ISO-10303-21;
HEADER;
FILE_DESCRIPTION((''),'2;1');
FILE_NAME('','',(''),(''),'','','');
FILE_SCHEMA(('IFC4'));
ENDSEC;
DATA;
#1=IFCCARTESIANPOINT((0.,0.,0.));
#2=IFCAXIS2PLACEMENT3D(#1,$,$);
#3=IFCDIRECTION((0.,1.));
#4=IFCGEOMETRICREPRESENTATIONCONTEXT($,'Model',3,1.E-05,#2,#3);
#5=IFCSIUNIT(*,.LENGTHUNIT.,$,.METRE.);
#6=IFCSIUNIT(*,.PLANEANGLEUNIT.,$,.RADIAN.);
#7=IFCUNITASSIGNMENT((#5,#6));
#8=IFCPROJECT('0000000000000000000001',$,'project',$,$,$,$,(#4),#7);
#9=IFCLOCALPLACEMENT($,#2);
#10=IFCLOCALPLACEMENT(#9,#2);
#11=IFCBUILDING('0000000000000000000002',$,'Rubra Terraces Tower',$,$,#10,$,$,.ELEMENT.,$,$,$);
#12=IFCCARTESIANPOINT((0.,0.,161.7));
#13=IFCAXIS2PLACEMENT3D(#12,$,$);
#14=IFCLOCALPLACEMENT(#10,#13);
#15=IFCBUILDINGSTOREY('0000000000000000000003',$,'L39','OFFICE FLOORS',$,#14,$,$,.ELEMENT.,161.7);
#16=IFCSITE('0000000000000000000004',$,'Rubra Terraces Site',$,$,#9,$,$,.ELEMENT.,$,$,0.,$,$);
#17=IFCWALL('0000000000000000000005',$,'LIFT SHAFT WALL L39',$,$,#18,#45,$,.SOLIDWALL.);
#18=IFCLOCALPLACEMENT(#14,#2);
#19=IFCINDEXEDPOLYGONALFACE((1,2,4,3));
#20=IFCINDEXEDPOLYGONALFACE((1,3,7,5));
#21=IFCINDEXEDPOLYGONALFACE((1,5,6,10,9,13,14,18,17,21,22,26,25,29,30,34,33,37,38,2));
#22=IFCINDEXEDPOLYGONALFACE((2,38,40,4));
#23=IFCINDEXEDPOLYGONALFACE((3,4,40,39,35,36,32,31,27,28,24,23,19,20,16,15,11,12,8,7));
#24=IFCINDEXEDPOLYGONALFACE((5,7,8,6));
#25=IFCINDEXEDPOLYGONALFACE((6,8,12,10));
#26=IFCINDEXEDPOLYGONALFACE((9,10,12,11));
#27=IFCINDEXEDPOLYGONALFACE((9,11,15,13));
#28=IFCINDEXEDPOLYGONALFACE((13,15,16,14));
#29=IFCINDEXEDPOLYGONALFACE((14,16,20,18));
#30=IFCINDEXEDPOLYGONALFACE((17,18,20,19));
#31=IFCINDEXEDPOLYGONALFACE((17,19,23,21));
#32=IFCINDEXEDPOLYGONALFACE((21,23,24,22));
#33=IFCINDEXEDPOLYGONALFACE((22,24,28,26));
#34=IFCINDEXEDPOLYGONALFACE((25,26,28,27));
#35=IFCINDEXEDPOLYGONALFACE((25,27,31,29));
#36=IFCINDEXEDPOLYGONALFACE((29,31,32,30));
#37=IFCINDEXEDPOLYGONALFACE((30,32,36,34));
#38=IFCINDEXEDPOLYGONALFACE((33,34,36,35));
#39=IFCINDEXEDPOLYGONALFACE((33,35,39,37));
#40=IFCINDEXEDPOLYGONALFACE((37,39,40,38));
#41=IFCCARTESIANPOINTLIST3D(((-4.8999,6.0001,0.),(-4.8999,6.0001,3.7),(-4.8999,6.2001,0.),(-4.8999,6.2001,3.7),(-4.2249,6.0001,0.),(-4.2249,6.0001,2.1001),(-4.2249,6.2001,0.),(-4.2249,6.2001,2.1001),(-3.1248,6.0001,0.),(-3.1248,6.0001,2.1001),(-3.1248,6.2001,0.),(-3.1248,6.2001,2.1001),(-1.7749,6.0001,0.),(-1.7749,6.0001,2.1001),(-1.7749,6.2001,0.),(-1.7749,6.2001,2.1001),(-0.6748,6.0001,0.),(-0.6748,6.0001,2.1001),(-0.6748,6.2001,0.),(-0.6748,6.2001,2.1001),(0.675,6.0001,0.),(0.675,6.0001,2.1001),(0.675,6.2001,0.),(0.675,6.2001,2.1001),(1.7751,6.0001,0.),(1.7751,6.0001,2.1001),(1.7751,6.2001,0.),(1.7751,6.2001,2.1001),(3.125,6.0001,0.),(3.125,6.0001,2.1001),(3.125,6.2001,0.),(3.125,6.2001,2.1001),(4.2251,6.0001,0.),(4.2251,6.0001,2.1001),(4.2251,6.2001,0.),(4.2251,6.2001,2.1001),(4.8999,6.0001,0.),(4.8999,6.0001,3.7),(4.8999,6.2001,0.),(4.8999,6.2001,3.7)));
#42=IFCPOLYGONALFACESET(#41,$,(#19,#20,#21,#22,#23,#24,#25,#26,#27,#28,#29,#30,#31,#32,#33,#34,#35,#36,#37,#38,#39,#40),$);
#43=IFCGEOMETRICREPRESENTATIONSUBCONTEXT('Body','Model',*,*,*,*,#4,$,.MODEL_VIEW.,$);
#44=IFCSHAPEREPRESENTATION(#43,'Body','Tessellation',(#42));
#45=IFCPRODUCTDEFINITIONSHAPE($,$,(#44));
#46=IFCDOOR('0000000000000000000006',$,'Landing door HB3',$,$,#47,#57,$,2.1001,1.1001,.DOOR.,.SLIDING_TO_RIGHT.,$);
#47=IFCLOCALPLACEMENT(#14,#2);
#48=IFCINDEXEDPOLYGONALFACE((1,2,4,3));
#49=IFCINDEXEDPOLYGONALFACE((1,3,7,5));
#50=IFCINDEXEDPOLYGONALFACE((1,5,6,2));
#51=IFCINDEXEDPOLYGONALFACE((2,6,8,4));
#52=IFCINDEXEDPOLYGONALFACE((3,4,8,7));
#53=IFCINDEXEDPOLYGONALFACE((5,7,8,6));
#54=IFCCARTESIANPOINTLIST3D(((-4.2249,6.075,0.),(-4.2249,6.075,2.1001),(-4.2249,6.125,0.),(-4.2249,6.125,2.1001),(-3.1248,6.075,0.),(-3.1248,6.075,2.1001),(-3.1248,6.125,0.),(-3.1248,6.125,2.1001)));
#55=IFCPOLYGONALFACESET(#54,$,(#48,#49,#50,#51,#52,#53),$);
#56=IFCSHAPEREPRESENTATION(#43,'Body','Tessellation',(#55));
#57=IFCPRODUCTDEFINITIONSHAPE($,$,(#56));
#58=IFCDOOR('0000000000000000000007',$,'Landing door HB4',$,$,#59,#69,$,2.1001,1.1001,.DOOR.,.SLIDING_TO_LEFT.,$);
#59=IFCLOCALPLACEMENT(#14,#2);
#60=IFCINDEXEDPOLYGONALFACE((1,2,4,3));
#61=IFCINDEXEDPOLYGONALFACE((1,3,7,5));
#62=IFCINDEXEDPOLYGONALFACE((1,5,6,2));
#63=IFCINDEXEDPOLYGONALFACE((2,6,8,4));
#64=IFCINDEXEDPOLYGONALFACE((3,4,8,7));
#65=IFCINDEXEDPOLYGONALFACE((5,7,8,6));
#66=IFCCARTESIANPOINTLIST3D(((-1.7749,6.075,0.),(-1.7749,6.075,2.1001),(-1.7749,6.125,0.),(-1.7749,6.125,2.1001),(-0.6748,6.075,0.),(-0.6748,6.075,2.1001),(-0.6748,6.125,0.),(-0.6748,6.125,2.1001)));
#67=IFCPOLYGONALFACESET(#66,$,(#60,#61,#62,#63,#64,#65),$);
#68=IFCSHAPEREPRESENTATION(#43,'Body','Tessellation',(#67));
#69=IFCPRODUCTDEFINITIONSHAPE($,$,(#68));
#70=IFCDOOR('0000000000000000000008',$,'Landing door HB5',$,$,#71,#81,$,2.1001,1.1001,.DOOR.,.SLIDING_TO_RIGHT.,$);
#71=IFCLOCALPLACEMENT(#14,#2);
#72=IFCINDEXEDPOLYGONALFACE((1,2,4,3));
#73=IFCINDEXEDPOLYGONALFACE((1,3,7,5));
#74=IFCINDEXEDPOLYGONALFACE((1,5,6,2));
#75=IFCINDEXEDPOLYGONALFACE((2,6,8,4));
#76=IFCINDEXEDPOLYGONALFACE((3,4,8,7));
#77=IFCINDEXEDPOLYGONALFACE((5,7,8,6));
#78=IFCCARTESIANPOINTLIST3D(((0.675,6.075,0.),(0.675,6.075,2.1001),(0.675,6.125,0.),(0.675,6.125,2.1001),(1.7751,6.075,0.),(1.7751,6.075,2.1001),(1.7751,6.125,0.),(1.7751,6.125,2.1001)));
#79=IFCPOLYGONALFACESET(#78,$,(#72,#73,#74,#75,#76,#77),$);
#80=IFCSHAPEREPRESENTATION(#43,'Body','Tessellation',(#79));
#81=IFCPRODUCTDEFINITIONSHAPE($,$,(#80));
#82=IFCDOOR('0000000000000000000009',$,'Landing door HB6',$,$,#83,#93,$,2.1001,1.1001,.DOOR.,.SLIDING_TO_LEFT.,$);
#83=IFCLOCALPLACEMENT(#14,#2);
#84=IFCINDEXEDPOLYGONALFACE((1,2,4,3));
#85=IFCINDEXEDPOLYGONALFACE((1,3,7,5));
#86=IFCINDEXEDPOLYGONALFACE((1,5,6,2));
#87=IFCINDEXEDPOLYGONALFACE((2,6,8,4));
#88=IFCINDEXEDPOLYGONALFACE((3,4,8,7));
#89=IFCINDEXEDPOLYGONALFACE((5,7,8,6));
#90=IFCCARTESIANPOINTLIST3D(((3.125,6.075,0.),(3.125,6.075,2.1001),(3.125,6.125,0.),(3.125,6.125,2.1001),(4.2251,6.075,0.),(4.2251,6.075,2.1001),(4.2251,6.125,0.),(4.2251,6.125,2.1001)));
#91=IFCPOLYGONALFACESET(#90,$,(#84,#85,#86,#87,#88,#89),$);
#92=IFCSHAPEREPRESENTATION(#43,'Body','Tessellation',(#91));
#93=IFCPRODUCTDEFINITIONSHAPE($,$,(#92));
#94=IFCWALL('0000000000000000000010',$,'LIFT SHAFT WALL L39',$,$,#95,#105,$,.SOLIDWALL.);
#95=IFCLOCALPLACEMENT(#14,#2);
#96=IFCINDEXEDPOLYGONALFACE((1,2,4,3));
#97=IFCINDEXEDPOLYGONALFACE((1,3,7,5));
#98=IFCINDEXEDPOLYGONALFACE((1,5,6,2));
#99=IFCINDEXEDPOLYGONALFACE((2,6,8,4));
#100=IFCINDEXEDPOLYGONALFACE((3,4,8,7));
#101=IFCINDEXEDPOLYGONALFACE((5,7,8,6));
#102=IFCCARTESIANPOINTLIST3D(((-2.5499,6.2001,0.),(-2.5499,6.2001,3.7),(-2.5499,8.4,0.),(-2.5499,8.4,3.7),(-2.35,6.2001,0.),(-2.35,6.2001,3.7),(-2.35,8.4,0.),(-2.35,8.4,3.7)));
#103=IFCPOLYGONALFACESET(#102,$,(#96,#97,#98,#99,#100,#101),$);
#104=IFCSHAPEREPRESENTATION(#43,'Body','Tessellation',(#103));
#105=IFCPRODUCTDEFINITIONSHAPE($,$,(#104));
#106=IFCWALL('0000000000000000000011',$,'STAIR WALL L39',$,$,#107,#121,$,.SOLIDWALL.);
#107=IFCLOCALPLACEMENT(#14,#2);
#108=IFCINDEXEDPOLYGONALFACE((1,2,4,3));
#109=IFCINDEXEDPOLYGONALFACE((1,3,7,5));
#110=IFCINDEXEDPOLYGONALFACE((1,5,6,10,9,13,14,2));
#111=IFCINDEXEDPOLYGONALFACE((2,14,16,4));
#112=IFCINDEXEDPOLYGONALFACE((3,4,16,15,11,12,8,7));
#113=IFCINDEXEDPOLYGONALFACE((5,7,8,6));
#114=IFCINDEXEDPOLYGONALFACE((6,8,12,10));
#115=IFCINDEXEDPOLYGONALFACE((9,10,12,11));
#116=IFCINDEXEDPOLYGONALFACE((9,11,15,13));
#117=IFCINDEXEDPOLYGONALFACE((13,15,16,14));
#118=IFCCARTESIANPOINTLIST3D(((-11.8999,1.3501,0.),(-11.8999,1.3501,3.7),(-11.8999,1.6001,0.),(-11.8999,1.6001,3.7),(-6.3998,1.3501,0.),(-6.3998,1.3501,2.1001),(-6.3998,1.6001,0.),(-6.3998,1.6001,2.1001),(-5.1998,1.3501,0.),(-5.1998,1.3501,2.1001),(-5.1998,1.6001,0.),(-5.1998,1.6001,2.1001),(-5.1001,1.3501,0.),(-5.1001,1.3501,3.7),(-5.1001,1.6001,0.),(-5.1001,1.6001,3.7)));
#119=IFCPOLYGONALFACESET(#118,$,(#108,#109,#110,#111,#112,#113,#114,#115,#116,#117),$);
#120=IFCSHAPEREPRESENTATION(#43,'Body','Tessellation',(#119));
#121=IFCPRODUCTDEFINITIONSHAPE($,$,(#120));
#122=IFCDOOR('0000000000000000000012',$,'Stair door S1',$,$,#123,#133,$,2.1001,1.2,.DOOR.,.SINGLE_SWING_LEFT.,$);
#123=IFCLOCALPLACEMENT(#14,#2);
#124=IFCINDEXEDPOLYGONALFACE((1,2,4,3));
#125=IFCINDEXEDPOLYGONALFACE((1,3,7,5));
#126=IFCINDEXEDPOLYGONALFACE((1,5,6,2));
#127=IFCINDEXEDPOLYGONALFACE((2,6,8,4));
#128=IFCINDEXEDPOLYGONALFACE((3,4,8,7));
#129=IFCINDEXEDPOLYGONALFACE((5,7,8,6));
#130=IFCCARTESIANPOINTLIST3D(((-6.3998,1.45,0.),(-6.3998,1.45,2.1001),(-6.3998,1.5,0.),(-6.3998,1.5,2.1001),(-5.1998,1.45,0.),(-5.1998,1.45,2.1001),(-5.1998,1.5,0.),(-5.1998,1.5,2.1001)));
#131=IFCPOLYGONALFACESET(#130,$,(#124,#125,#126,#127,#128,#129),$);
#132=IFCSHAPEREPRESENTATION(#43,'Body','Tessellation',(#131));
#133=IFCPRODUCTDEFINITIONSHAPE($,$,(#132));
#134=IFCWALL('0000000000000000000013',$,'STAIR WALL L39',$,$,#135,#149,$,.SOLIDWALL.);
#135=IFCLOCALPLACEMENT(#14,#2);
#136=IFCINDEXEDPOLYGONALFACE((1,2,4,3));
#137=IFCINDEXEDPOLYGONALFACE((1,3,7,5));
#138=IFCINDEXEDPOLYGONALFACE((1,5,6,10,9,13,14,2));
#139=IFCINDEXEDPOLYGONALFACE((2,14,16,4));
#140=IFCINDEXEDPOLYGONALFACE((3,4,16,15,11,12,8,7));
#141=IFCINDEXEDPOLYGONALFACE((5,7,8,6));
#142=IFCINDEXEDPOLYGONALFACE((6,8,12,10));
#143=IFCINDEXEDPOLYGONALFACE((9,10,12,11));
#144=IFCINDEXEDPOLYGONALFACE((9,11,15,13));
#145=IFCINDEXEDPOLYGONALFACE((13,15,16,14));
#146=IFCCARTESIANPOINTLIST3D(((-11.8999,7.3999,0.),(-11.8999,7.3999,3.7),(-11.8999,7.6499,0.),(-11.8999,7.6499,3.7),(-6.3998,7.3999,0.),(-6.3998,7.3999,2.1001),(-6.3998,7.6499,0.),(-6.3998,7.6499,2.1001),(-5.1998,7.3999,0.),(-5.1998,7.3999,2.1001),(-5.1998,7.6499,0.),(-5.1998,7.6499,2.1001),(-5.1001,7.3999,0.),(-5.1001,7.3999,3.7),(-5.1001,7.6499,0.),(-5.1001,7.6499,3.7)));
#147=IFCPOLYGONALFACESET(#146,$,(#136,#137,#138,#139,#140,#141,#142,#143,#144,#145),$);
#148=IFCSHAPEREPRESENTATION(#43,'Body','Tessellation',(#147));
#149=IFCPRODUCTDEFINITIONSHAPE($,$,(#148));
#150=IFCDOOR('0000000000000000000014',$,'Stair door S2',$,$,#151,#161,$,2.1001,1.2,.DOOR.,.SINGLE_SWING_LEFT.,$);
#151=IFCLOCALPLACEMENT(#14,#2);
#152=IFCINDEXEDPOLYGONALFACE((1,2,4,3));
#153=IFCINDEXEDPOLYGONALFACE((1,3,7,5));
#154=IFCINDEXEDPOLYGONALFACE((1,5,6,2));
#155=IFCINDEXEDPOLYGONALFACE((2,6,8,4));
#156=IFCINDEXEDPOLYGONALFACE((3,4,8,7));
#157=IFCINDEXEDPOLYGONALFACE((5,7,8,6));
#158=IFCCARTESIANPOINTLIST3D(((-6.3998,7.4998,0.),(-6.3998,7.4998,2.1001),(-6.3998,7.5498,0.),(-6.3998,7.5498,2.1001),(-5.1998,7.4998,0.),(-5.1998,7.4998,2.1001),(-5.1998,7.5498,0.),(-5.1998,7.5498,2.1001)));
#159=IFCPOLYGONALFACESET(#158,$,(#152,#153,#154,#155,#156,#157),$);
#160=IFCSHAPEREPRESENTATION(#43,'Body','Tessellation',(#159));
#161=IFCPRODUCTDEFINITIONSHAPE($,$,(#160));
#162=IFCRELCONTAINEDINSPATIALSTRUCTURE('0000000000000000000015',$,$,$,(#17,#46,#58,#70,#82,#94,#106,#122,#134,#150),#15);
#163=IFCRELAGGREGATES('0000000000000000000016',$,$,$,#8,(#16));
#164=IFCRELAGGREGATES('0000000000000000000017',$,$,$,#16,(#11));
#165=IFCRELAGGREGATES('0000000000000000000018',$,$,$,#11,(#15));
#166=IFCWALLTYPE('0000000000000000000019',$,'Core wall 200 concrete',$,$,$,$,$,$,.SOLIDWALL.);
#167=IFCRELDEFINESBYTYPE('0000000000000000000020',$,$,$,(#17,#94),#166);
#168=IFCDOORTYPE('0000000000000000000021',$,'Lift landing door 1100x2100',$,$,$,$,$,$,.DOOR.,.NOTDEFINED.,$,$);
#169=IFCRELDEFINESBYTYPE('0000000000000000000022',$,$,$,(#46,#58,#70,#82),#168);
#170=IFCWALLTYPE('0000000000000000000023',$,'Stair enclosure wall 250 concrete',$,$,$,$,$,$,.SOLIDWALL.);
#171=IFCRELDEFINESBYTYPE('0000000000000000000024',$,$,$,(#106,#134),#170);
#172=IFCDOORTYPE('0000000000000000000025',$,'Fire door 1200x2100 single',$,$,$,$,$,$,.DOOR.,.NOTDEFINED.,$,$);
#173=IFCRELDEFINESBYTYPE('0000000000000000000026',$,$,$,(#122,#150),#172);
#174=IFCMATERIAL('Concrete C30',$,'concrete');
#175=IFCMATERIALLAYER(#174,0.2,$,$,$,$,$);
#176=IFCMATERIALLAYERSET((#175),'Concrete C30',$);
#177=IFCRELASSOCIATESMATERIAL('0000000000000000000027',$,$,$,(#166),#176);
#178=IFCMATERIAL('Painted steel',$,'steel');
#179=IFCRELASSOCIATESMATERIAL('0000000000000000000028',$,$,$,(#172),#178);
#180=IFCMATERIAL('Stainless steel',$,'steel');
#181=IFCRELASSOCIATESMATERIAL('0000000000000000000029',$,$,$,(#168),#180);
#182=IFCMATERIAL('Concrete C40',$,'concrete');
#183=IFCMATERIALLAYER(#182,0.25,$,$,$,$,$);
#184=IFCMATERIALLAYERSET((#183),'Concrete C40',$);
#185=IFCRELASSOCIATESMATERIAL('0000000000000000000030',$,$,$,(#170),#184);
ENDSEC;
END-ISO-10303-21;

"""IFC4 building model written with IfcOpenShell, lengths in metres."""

from ifc_helpers import new_model, si_unit, direction, frame, frame_2d, origin, place, context, subcontext, project, spatial, rectangle, extrude, material, layer, layer_set, type_object, element, fill, save


model = new_model("IFC4")

# Units and contexts
model_context = context("Model", 3, precision=1e-05, world=origin(), true_north=direction((0.0, 1.0)))
body_context = subcontext(model_context, "Body", "Model", "MODEL_VIEW")
ifc_project = project(units=[si_unit("LENGTHUNIT", "METRE"), si_unit("PLANEANGLEUNIT", "RADIAN")], contexts=[model_context])

# Site, building, storey
site_placement = place(None, origin())
site = spatial("IfcSite", under=ifc_project, at=site_placement, Name="Rubra Terraces Site", CompositionType="ELEMENT", RefElevation=0.0)
building_placement = place(site_placement, origin())
building = spatial("IfcBuilding", under=site, at=building_placement, Name="Rubra Terraces Tower", CompositionType="ELEMENT")
storey_placement = place(building_placement, frame((0.0, 0.0, 161.7)))
storey = spatial("IfcBuildingStorey", under=building, at=storey_placement, Name="L39", Description="OFFICE FLOORS", CompositionType="ELEMENT", Elevation=161.7)

# Shared definitions
ifc_material_1 = material(Name="Concrete C40", Category="concrete")

# Shared definitions
ifc_material_2 = material(Name="Concrete C30", Category="concrete")
ifc_layer_1 = layer(ifc_material_2, 0.2)
ifc_layer_set_1 = layer_set([ifc_layer_1], Name="Concrete C30")
wall_type_1 = type_object("IfcWallType", Name="Core wall 200 concrete", PredefinedType="SOLIDWALL", material=ifc_layer_set_1)
ifc_material_3 = material(Name="Painted steel", Category="steel")
door_type_1 = type_object("IfcDoorType", Name="Fire door 1200x2100 single", OperationType="NOTDEFINED", PredefinedType="DOOR", material=ifc_material_3)
ifc_material_4 = material(Name="Stainless steel", Category="steel")

# Wall, openings, doors
door_type_2 = type_object("IfcDoorType", Name="Lift landing door 1100x2100", OperationType="NOTDEFINED", PredefinedType="DOOR", material=ifc_material_4)
wall_1_placement = place(storey_placement, frame((-4.8999, 6.1001, 0.0), z_axis=(0.0, 0.0, 1.0), x_axis=(1.0, 0.0, 0.0)))
wall_1 = element("IfcWall", 1, at=wall_1_placement, inside=storey, type_object=wall_type_1, Name="LIFT SHAFT WALL L39", PredefinedType="SOLIDWALL", context=body_context, shape_type="SweptSolid", body=[
    extrude(rectangle(XDim=9.7998, YDim=0.2, at=frame_2d((4.8999, 0.0))), origin(), (0.0, 0.0, 1.0), 3.7),
])
opening_1_placement = place(wall_1_placement, frame((0.675, 0.0, 0.0)))
opening_1 = element("IfcOpeningElement", 2, at=opening_1_placement, cuts=wall_1, PredefinedType="OPENING", context=body_context, shape_type="SweptSolid", body=[
    extrude(rectangle(XDim=1.1001, YDim=2.1001, at=frame_2d((0.55, 1.05))), frame((0.0, 0.1099, 0.0), z_axis=(0.0, -1.0, 0.0), x_axis=(1.0, 0.0, 0.0)), (0.0, 0.0, 1.0), 0.22),
])
opening_2_placement = place(wall_1_placement, frame((3.125, 0.0, 0.0)))
opening_2 = element("IfcOpeningElement", 3, at=opening_2_placement, cuts=wall_1, PredefinedType="OPENING", context=body_context, shape_type="SweptSolid", body=[
    extrude(rectangle(XDim=1.1001, YDim=2.1001, at=frame_2d((0.55, 1.05))), frame((0.0, 0.1099, 0.0), z_axis=(0.0, -1.0, 0.0), x_axis=(1.0, 0.0, 0.0)), (0.0, 0.0, 1.0), 0.22),
])
opening_3_placement = place(wall_1_placement, frame((5.575, 0.0, 0.0)))
opening_3 = element("IfcOpeningElement", 4, at=opening_3_placement, cuts=wall_1, PredefinedType="OPENING", context=body_context, shape_type="SweptSolid", body=[
    extrude(rectangle(XDim=1.1001, YDim=2.1001, at=frame_2d((0.55, 1.05))), frame((0.0, 0.1099, 0.0), z_axis=(0.0, -1.0, 0.0), x_axis=(1.0, 0.0, 0.0)), (0.0, 0.0, 1.0), 0.22),
])
opening_4_placement = place(wall_1_placement, frame((8.0249, 0.0, 0.0)))
opening_4 = element("IfcOpeningElement", 5, at=opening_4_placement, cuts=wall_1, PredefinedType="OPENING", context=body_context, shape_type="SweptSolid", body=[
    extrude(rectangle(XDim=1.1001, YDim=2.1001, at=frame_2d((0.55, 1.05))), frame((0.0, 0.1099, 0.0), z_axis=(0.0, -1.0, 0.0), x_axis=(1.0, 0.0, 0.0)), (0.0, 0.0, 1.0), 0.22),
])
door_1_placement = place(opening_1_placement, origin())
door_1 = element("IfcDoor", 6, at=door_1_placement, inside=storey, type_object=door_type_2, Name="Landing door HB3", OperationType="SLIDING_TO_RIGHT", OverallHeight=2.1001, OverallWidth=1.1001, PredefinedType="DOOR", context=body_context, shape_type="SweptSolid", body=[
    extrude(rectangle(XDim=1.1001, YDim=2.1001, at=frame_2d((0.55, 1.05))), frame((0.0, 0.0249, 0.0), z_axis=(0.0, -1.0, 0.0), x_axis=(1.0, 0.0, 0.0)), (0.0, 0.0, 1.0), 0.05),
])
fill(opening_1, door_1)
door_2_placement = place(opening_2_placement, origin())
door_2 = element("IfcDoor", 7, at=door_2_placement, inside=storey, type_object=door_type_2, Name="Landing door HB4", OperationType="SLIDING_TO_LEFT", OverallHeight=2.1001, OverallWidth=1.1001, PredefinedType="DOOR", context=body_context, shape_type="SweptSolid", body=[
    extrude(rectangle(XDim=1.1001, YDim=2.1001, at=frame_2d((0.55, 1.05))), frame((0.0, 0.0249, 0.0), z_axis=(0.0, -1.0, 0.0), x_axis=(1.0, 0.0, 0.0)), (0.0, 0.0, 1.0), 0.05),
])
fill(opening_2, door_2)
door_3_placement = place(opening_3_placement, origin())
door_3 = element("IfcDoor", 8, at=door_3_placement, inside=storey, type_object=door_type_2, Name="Landing door HB5", OperationType="SLIDING_TO_RIGHT", OverallHeight=2.1001, OverallWidth=1.1001, PredefinedType="DOOR", context=body_context, shape_type="SweptSolid", body=[
    extrude(rectangle(XDim=1.1001, YDim=2.1001, at=frame_2d((0.55, 1.05))), frame((0.0, 0.0249, 0.0), z_axis=(0.0, -1.0, 0.0), x_axis=(1.0, 0.0, 0.0)), (0.0, 0.0, 1.0), 0.05),
])
fill(opening_3, door_3)
door_4_placement = place(opening_4_placement, origin())
door_4 = element("IfcDoor", 9, at=door_4_placement, inside=storey, type_object=door_type_2, Name="Landing door HB6", OperationType="SLIDING_TO_LEFT", OverallHeight=2.1001, OverallWidth=1.1001, PredefinedType="DOOR", context=body_context, shape_type="SweptSolid", body=[
    extrude(rectangle(XDim=1.1001, YDim=2.1001, at=frame_2d((0.55, 1.05))), frame((0.0, 0.0249, 0.0), z_axis=(0.0, -1.0, 0.0), x_axis=(1.0, 0.0, 0.0)), (0.0, 0.0, 1.0), 0.05),
])
fill(opening_4, door_4)

# Wall
wall_2_placement = place(storey_placement, frame((-2.45, 6.2, 0.0), z_axis=(0.0, 0.0, 1.0), x_axis=(0.0, 1.0, 0.0)))
element("IfcWall", 10, at=wall_2_placement, inside=storey, type_object=wall_type_1, Name="LIFT SHAFT WALL L39", PredefinedType="SOLIDWALL", context=body_context, shape_type="SweptSolid", body=[
    extrude(rectangle(XDim=2.2, YDim=0.2, at=frame_2d((1.1001, 0.0))), origin(), (0.0, 0.0, 1.0), 3.7),
])

# Walls, openings, doors
ifc_layer_2 = layer(ifc_material_1, 0.25)
ifc_layer_set_2 = layer_set([ifc_layer_2], Name="Concrete C40")
wall_type_2 = type_object("IfcWallType", Name="Stair enclosure wall 250 concrete", PredefinedType="SOLIDWALL", material=ifc_layer_set_2)
wall_3_placement = place(storey_placement, frame((-11.8999, 1.4751, 0.0), z_axis=(0.0, 0.0, 1.0), x_axis=(1.0, 0.0, 0.0)))
wall_3 = element("IfcWall", 11, at=wall_3_placement, inside=storey, type_object=wall_type_2, Name="STAIR WALL L39", PredefinedType="SOLIDWALL", context=body_context, shape_type="SweptSolid", body=[
    extrude(rectangle(XDim=6.7998, YDim=0.25, at=frame_2d((3.3999, 0.0))), origin(), (0.0, 0.0, 1.0), 3.7),
])
opening_5_placement = place(wall_3_placement, frame((5.5, 0.0, 0.0)))
opening_5 = element("IfcOpeningElement", 12, at=opening_5_placement, cuts=wall_3, PredefinedType="OPENING", context=body_context, shape_type="SweptSolid", body=[
    extrude(rectangle(XDim=1.2, YDim=2.1001, at=frame_2d((0.6001, 1.05))), frame((0.0, 0.135, 0.0), z_axis=(0.0, -1.0, 0.0), x_axis=(1.0, 0.0, 0.0)), (0.0, 0.0, 1.0), 0.27),
])
door_5_placement = place(opening_5_placement, origin())
door_5 = element("IfcDoor", 13, at=door_5_placement, inside=storey, type_object=door_type_1, Name="Stair door S1", OperationType="SINGLE_SWING_LEFT", OverallHeight=2.1001, OverallWidth=1.2, PredefinedType="DOOR", context=body_context, shape_type="SweptSolid", body=[
    extrude(rectangle(XDim=1.2, YDim=2.1001, at=frame_2d((0.6001, 1.05))), frame((0.0, 0.0249, 0.0), z_axis=(0.0, -1.0, 0.0), x_axis=(1.0, 0.0, 0.0)), (0.0, 0.0, 1.0), 0.05),
])
fill(opening_5, door_5)
wall_4_placement = place(storey_placement, frame((-11.8999, 7.5249, 0.0), z_axis=(0.0, 0.0, 1.0), x_axis=(1.0, 0.0, 0.0)))
wall_4 = element("IfcWall", 14, at=wall_4_placement, inside=storey, type_object=wall_type_2, Name="STAIR WALL L39", PredefinedType="SOLIDWALL", context=body_context, shape_type="SweptSolid", body=[
    extrude(rectangle(XDim=6.7998, YDim=0.25, at=frame_2d((3.3999, 0.0))), origin(), (0.0, 0.0, 1.0), 3.7),
])
opening_6_placement = place(wall_4_placement, frame((5.5, 0.0, 0.0)))
opening_6 = element("IfcOpeningElement", 15, at=opening_6_placement, cuts=wall_4, PredefinedType="OPENING", context=body_context, shape_type="SweptSolid", body=[
    extrude(rectangle(XDim=1.2, YDim=2.1001, at=frame_2d((0.6001, 1.05))), frame((0.0, 0.135, 0.0), z_axis=(0.0, -1.0, 0.0), x_axis=(1.0, 0.0, 0.0)), (0.0, 0.0, 1.0), 0.27),
])
door_6_placement = place(opening_6_placement, origin())
door_6 = element("IfcDoor", 16, at=door_6_placement, inside=storey, type_object=door_type_1, Name="Stair door S2", OperationType="SINGLE_SWING_LEFT", OverallHeight=2.1001, OverallWidth=1.2, PredefinedType="DOOR", context=body_context, shape_type="SweptSolid", body=[
    extrude(rectangle(XDim=1.2, YDim=2.1001, at=frame_2d((0.6001, 1.05))), frame((0.0, 0.0249, 0.0), z_axis=(0.0, -1.0, 0.0), x_axis=(1.0, 0.0, 0.0)), (0.0, 0.0, 1.0), 0.05),
])
fill(opening_6, door_6)

save(model, "model.ifc")
